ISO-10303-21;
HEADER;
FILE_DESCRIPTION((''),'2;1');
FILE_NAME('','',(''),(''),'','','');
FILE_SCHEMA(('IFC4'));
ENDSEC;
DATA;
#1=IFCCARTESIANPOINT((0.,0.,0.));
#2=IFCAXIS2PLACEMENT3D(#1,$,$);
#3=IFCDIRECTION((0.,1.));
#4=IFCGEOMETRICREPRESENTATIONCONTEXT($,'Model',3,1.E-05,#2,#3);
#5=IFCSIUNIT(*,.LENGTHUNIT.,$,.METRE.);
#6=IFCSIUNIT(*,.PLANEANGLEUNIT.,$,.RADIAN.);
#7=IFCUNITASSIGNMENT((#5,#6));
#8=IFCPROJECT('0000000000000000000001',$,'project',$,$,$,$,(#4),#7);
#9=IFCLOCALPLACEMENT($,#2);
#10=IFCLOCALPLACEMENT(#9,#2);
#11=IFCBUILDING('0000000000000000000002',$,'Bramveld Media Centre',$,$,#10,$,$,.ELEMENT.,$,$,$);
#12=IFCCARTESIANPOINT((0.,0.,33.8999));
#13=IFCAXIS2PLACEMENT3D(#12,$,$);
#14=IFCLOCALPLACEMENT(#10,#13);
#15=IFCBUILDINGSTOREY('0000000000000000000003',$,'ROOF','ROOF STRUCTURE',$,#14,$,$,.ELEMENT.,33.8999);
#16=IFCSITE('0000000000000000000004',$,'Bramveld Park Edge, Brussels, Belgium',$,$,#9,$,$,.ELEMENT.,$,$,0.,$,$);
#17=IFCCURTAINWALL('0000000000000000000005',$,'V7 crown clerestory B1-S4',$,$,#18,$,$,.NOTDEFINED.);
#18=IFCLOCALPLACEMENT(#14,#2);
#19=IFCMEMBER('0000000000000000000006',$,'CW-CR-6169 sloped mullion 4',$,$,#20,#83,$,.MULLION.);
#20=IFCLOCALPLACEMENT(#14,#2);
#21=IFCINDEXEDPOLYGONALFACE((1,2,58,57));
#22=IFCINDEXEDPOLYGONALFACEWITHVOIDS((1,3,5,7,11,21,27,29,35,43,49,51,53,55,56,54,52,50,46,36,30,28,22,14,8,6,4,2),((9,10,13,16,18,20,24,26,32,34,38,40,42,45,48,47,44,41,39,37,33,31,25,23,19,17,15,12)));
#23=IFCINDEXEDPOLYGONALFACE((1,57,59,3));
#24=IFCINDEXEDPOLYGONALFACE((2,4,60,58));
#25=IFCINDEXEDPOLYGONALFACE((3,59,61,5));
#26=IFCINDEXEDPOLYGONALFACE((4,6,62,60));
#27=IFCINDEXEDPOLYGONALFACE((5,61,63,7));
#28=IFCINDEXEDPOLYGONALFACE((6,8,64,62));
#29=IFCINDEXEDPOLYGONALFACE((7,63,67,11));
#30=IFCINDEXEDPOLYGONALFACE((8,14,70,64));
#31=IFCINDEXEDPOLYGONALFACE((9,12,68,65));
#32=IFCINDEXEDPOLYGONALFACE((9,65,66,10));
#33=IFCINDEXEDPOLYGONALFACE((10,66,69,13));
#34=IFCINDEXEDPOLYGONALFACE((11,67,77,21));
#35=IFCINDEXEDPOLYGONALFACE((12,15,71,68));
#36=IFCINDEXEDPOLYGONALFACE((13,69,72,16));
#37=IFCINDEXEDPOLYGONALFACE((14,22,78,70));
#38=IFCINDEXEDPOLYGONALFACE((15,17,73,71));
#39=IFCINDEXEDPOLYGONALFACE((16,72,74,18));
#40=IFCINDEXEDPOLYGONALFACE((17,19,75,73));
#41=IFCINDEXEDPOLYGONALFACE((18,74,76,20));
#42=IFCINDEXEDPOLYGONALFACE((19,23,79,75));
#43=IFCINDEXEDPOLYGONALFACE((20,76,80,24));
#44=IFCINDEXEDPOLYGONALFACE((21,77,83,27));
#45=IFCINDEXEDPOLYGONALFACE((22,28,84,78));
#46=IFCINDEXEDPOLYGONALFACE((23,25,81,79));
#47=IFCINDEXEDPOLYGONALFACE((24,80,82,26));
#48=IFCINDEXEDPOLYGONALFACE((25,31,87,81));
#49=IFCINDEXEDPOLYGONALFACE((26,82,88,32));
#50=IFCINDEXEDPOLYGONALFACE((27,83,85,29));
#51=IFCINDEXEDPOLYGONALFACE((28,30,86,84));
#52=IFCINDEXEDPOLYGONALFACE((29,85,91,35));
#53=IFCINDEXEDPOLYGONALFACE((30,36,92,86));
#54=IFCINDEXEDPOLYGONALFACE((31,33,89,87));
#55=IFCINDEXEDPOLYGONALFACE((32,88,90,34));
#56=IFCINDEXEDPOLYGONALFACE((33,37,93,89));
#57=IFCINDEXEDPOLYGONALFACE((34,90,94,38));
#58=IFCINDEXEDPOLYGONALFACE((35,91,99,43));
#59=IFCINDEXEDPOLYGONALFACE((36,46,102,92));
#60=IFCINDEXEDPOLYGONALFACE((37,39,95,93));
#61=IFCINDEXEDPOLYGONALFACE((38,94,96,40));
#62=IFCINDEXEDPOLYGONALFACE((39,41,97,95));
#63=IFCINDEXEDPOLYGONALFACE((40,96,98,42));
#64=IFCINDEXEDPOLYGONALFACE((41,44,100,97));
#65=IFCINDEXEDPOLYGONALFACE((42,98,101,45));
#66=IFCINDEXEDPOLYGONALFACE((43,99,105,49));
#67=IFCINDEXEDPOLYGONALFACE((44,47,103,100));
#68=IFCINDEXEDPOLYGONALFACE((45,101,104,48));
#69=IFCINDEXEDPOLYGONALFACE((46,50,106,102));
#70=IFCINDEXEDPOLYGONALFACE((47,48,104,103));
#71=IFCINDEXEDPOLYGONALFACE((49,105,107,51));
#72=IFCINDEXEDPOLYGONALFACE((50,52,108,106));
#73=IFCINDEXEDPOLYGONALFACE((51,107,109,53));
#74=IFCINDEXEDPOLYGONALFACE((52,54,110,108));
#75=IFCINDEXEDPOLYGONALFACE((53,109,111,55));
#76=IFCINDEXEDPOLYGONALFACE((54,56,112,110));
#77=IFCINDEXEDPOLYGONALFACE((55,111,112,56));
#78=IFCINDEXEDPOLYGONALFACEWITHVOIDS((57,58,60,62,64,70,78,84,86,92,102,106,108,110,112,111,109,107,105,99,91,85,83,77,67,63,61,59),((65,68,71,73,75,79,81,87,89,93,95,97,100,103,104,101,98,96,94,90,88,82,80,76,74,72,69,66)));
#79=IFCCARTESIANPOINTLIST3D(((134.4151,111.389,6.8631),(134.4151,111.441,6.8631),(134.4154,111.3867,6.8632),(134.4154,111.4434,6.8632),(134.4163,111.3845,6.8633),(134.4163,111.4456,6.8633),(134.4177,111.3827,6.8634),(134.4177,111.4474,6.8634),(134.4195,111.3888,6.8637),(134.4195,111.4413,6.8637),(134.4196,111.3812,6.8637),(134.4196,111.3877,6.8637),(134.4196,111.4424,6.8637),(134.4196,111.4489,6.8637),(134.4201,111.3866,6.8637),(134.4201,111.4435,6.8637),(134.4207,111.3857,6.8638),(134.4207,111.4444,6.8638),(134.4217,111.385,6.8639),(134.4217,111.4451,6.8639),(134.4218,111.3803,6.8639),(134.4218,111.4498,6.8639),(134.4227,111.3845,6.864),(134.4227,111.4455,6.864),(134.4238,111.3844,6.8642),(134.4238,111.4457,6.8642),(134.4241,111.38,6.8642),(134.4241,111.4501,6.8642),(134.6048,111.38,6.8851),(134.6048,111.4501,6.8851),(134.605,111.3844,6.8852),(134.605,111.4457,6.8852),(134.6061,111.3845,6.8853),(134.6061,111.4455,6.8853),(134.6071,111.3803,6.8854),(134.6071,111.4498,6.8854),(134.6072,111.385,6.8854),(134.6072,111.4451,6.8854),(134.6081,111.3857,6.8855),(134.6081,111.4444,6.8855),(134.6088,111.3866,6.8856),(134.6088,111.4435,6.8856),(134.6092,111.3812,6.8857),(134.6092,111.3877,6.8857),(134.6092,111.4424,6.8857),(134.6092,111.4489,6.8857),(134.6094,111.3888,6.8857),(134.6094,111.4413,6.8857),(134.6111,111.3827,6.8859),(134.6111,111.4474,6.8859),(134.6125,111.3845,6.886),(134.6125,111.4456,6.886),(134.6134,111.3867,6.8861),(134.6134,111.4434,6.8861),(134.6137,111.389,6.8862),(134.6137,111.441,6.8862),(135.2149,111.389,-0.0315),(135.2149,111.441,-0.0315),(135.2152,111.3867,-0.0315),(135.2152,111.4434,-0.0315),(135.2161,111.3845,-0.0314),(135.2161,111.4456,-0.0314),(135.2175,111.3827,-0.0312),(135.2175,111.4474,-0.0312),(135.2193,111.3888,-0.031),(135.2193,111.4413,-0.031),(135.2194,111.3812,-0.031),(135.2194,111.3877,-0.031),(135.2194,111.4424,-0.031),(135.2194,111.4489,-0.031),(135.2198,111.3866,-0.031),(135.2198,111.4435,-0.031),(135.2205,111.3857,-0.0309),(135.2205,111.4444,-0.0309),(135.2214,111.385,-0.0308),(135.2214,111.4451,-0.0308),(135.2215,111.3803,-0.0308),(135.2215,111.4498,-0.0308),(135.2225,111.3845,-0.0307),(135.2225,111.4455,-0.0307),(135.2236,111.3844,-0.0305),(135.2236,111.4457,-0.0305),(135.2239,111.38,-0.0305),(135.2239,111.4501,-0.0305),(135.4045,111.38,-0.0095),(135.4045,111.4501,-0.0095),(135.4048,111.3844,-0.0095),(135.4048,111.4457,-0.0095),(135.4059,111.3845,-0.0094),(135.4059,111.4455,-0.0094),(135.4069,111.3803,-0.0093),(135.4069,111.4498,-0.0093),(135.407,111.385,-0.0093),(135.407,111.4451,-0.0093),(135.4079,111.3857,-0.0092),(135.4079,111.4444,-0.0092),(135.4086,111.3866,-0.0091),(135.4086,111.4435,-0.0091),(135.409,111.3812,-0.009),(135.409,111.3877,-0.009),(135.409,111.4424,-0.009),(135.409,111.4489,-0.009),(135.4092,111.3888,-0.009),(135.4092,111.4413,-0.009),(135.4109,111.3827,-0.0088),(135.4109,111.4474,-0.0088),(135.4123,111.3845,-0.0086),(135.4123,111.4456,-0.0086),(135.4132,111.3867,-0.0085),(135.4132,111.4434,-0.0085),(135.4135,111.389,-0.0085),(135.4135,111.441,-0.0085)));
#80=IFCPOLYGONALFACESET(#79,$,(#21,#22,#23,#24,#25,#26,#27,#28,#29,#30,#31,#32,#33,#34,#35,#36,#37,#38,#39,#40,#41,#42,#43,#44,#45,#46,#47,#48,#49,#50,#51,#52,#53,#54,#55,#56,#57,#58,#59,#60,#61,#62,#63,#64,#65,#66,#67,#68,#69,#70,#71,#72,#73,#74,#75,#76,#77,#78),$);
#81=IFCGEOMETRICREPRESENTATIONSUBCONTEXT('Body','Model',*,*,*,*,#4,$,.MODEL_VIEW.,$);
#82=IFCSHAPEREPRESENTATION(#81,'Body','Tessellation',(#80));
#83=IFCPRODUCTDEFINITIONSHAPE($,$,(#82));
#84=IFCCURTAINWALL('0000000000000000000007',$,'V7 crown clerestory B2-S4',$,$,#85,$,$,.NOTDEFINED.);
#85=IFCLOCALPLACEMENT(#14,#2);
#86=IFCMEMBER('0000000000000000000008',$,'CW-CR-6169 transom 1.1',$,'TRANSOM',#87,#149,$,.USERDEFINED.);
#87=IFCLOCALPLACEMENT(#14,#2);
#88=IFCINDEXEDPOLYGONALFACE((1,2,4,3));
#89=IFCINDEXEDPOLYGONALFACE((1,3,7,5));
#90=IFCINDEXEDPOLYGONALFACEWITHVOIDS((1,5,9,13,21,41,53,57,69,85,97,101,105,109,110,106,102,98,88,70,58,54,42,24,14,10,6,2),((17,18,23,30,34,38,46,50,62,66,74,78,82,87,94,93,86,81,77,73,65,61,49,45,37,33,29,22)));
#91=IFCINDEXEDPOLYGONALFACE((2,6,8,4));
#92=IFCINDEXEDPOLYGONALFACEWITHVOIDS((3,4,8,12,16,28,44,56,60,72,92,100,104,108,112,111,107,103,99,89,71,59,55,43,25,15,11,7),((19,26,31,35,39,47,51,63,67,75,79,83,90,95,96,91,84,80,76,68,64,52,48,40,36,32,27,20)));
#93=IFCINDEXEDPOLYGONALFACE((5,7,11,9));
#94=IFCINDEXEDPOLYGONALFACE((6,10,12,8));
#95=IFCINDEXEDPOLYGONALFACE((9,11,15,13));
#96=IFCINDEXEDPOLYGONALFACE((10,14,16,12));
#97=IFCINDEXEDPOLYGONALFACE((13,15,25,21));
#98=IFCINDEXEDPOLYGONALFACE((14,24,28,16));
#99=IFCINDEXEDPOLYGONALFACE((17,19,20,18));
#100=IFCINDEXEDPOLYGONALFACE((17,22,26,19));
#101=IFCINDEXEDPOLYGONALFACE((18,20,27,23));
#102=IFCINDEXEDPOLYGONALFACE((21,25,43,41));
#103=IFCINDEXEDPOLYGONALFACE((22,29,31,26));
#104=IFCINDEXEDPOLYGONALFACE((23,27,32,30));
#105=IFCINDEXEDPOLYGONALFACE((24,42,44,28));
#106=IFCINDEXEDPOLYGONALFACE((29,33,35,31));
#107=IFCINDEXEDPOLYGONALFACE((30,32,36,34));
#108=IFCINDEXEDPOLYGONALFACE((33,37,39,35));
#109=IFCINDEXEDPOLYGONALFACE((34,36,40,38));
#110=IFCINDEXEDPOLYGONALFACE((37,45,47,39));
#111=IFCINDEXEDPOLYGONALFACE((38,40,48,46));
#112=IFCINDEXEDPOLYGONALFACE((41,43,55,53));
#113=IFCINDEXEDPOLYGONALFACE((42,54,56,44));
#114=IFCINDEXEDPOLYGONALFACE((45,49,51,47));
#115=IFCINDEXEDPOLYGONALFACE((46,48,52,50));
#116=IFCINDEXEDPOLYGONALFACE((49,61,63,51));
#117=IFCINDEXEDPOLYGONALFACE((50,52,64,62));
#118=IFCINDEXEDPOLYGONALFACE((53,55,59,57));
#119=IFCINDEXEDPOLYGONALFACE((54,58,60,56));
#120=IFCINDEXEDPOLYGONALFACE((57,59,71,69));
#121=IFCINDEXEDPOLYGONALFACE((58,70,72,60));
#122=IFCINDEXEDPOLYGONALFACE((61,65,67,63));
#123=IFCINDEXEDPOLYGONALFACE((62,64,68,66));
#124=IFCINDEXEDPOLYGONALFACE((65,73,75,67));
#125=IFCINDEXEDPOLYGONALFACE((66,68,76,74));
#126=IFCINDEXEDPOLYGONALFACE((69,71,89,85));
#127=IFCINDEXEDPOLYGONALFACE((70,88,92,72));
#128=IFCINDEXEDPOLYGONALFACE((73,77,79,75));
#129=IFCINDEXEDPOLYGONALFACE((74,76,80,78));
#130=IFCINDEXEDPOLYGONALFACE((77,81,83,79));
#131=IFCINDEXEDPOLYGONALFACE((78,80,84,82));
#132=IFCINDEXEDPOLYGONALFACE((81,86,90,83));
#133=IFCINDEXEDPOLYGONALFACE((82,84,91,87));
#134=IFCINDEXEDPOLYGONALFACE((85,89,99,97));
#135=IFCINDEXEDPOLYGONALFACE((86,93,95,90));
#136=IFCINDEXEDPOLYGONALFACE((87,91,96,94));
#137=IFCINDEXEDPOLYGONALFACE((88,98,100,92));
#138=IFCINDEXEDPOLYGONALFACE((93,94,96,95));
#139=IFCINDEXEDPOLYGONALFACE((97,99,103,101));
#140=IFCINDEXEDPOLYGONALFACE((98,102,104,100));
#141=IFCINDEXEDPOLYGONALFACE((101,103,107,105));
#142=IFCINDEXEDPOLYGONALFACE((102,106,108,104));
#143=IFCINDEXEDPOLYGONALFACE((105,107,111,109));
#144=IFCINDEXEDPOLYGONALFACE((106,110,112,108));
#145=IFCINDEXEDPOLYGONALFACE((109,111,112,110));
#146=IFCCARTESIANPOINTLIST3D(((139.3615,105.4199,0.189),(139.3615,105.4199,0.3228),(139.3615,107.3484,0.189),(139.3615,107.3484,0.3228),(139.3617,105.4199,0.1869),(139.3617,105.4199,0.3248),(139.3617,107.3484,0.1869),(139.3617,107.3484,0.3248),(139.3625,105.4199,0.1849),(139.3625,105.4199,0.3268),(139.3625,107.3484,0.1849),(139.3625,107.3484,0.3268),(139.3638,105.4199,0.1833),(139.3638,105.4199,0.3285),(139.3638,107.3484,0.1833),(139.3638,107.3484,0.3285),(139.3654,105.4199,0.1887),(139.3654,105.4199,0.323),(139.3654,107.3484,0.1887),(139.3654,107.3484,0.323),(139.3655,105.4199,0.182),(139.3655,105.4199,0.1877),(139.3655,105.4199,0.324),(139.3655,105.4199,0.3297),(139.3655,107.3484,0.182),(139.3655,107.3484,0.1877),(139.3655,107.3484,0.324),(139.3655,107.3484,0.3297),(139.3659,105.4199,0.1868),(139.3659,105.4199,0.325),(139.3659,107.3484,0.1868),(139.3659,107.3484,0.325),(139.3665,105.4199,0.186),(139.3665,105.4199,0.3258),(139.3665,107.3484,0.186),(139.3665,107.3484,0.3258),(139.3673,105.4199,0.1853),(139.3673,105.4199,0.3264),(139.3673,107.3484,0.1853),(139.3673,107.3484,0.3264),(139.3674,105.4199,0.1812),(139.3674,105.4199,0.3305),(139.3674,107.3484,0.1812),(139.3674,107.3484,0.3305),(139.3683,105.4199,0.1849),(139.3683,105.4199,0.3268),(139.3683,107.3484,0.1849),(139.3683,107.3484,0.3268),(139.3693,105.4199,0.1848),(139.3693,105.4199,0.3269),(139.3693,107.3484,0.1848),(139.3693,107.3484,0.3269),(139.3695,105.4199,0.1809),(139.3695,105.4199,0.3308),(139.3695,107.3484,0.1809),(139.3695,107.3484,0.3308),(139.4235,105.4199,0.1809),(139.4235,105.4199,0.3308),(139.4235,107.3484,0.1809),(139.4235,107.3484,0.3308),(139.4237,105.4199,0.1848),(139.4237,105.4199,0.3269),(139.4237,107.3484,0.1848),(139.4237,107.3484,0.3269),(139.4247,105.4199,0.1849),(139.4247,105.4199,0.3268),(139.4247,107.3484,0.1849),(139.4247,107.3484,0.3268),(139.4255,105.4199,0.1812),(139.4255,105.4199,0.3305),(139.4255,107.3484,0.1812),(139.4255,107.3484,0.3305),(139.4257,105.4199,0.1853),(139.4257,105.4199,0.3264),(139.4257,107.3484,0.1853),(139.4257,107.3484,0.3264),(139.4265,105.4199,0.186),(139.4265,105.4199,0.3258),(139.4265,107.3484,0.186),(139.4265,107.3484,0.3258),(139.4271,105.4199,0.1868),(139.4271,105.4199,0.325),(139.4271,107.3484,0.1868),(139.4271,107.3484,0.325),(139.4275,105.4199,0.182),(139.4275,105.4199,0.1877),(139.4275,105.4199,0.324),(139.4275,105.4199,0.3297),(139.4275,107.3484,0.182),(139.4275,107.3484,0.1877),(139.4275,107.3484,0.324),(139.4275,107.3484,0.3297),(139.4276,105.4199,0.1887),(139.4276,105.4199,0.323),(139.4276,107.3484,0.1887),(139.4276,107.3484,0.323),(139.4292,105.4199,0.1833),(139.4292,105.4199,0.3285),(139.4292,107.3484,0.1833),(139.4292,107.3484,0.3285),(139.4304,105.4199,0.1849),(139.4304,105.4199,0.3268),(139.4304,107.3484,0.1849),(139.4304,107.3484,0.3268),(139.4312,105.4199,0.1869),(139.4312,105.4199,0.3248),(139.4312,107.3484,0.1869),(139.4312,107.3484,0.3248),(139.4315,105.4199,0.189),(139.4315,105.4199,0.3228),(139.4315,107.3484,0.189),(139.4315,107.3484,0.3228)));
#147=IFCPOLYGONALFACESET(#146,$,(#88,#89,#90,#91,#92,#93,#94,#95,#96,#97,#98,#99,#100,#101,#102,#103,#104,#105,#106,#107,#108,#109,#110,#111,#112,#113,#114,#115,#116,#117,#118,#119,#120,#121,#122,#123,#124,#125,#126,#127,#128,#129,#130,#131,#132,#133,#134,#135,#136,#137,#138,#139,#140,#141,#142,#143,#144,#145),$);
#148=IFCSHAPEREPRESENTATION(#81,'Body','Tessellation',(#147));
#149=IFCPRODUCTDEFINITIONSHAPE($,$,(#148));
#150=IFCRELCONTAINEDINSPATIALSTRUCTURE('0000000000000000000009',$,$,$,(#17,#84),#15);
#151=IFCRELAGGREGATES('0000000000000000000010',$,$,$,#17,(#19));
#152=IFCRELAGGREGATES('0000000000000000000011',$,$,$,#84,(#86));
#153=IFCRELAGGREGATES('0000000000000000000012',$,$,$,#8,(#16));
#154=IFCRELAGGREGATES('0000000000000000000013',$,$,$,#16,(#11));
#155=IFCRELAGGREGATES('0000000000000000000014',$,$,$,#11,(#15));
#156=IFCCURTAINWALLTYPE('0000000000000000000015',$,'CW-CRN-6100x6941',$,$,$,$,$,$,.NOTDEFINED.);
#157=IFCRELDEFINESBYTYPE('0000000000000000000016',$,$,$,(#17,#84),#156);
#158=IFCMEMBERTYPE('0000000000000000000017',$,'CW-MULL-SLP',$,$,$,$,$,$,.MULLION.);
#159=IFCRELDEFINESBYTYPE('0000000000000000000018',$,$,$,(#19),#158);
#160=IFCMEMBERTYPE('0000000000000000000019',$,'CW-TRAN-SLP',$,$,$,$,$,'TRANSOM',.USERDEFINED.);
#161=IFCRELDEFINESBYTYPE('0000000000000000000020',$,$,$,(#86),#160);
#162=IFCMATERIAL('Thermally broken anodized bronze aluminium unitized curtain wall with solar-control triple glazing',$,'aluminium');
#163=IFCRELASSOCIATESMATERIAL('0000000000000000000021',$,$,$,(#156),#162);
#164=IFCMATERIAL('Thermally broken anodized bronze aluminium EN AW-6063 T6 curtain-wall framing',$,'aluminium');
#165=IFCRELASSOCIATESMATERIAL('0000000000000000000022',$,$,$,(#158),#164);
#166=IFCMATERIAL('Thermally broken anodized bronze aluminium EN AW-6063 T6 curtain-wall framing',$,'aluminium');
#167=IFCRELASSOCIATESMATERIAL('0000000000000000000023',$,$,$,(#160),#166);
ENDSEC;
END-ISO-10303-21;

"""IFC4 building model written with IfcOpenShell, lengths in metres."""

from ifc_helpers import new_model, si_unit, direction, frame, origin, origin_2d, place, context, subcontext, project, spatial, hollow_rectangle, extrude, material, material_profile, profile_set, type_object, element, aggregate, save


model = new_model("IFC4")

# Units and contexts
model_context = context("Model", 3, precision=1e-05, world=origin(), true_north=direction((0.0, 1.0)))
body_context = subcontext(model_context, "Body", "Model", "MODEL_VIEW")
ifc_project = project(units=[si_unit("LENGTHUNIT", "METRE"), si_unit("PLANEANGLEUNIT", "RADIAN")], contexts=[model_context])

# Site, building, storey
site_placement = place(None, origin())
site = spatial("IfcSite", under=ifc_project, at=site_placement, Name="Bramveld Park Edge, Brussels, Belgium", CompositionType="ELEMENT", RefElevation=0.0)
building_placement = place(site_placement, origin())
building = spatial("IfcBuilding", under=site, at=building_placement, Name="Bramveld Media Centre", CompositionType="ELEMENT")
storey_placement = place(building_placement, frame((0.0, 0.0, 33.8999)))
storey = spatial("IfcBuildingStorey", under=building, at=storey_placement, Name="ROOF", Description="ROOF STRUCTURE", CompositionType="ELEMENT", Elevation=33.8999)

# Curtain wall, member
ifc_material_1 = material(Name="Thermally broken anodized bronze aluminium unitized curtain wall with solar-control triple glazing", Category="aluminium")
curtain_wall_type = type_object("IfcCurtainWallType", Name="CW-CRN-6100x6941", PredefinedType="NOTDEFINED", material=ifc_material_1)
curtain_wall_1_placement = place(storey_placement, origin())
curtain_wall_1 = element("IfcCurtainWall", 1, at=curtain_wall_1_placement, inside=storey, type_object=curtain_wall_type, Name="V7 crown clerestory B1-S4", PredefinedType="NOTDEFINED")
ifc_material_2 = material(Name="Thermally broken anodized bronze aluminium EN AW-6063 T6 curtain-wall framing", Category="aluminium")
ifc_material_profile_1 = material_profile(ifc_material_2, hollow_rectangle(XDim=0.0701, YDim=0.2, WallThickness=0.0044, InnerFilletRadius=0.0044, OuterFilletRadius=0.009, at=origin_2d()), Name="AL-MULL 70x200")
ifc_profile_set_1 = profile_set([ifc_material_profile_1], Name="Thermally broken anodized bronze aluminium EN AW-6063 T6 curtain-wall framing")
member_type_1 = type_object("IfcMemberType", Name="CW-MULL-SLP", PredefinedType="MULLION", material=ifc_profile_set_1)
member_1_placement = place(storey_placement, frame((135.3142, 111.415, -0.02), z_axis=(-0.115229, 0.0, 0.993339), x_axis=(0.0, -1.0, 0.0)))
member_1 = element("IfcMember", 2, at=member_1_placement, type_object=member_type_1, Name="CW-CR-6169 sloped mullion 4", PredefinedType="MULLION", context=body_context, shape_type="SweptSolid", body=[
    extrude(hollow_rectangle(XDim=0.0701, YDim=0.2, WallThickness=0.0044, InnerFilletRadius=0.0044, OuterFilletRadius=0.009, at=origin_2d()), origin(), (0.0, 0.0, 1.0), 6.9409),
])
aggregate(curtain_wall_1, [member_1])

# Curtain wall, member
curtain_wall_2_placement = place(storey_placement, origin())
curtain_wall_2 = element("IfcCurtainWall", 3, at=curtain_wall_2_placement, inside=storey, type_object=curtain_wall_type, Name="V7 crown clerestory B2-S4", PredefinedType="NOTDEFINED")
ifc_material_3 = material(Name="Thermally broken anodized bronze aluminium EN AW-6063 T6 curtain-wall framing", Category="aluminium")
ifc_material_profile_2 = material_profile(ifc_material_3, hollow_rectangle(XDim=0.0701, YDim=0.1499, WallThickness=0.0039, InnerFilletRadius=0.0039, OuterFilletRadius=0.0081, at=origin_2d()), Name="AL-TRAN 70x150")
ifc_profile_set_2 = profile_set([ifc_material_profile_2], Name="Thermally broken anodized bronze aluminium EN AW-6063 T6 curtain-wall framing")
member_type_2 = type_object("IfcMemberType", Name="CW-TRAN-SLP", ElementType="TRANSOM", PredefinedType="USERDEFINED", material=ifc_profile_set_2)
member_2_placement = place(storey_placement, frame((139.3965, 105.4199, 0.2559), z_axis=(0.0, 1.0, 0.0), x_axis=(-1.0, 0.0, 0.0)))
member_2 = element("IfcMember", 4, at=member_2_placement, type_object=member_type_2, Name="CW-CR-6169 transom 1.1", ObjectType="TRANSOM", PredefinedType="USERDEFINED", context=body_context, shape_type="SweptSolid", body=[
    extrude(hollow_rectangle(XDim=0.0701, YDim=0.1499, WallThickness=0.0039, InnerFilletRadius=0.0039, OuterFilletRadius=0.0081, at=origin_2d()), origin(), (0.0, 0.0, 1.0), 1.9285),
])

aggregate(curtain_wall_2, [member_2])

save(model, "model.ifc")
